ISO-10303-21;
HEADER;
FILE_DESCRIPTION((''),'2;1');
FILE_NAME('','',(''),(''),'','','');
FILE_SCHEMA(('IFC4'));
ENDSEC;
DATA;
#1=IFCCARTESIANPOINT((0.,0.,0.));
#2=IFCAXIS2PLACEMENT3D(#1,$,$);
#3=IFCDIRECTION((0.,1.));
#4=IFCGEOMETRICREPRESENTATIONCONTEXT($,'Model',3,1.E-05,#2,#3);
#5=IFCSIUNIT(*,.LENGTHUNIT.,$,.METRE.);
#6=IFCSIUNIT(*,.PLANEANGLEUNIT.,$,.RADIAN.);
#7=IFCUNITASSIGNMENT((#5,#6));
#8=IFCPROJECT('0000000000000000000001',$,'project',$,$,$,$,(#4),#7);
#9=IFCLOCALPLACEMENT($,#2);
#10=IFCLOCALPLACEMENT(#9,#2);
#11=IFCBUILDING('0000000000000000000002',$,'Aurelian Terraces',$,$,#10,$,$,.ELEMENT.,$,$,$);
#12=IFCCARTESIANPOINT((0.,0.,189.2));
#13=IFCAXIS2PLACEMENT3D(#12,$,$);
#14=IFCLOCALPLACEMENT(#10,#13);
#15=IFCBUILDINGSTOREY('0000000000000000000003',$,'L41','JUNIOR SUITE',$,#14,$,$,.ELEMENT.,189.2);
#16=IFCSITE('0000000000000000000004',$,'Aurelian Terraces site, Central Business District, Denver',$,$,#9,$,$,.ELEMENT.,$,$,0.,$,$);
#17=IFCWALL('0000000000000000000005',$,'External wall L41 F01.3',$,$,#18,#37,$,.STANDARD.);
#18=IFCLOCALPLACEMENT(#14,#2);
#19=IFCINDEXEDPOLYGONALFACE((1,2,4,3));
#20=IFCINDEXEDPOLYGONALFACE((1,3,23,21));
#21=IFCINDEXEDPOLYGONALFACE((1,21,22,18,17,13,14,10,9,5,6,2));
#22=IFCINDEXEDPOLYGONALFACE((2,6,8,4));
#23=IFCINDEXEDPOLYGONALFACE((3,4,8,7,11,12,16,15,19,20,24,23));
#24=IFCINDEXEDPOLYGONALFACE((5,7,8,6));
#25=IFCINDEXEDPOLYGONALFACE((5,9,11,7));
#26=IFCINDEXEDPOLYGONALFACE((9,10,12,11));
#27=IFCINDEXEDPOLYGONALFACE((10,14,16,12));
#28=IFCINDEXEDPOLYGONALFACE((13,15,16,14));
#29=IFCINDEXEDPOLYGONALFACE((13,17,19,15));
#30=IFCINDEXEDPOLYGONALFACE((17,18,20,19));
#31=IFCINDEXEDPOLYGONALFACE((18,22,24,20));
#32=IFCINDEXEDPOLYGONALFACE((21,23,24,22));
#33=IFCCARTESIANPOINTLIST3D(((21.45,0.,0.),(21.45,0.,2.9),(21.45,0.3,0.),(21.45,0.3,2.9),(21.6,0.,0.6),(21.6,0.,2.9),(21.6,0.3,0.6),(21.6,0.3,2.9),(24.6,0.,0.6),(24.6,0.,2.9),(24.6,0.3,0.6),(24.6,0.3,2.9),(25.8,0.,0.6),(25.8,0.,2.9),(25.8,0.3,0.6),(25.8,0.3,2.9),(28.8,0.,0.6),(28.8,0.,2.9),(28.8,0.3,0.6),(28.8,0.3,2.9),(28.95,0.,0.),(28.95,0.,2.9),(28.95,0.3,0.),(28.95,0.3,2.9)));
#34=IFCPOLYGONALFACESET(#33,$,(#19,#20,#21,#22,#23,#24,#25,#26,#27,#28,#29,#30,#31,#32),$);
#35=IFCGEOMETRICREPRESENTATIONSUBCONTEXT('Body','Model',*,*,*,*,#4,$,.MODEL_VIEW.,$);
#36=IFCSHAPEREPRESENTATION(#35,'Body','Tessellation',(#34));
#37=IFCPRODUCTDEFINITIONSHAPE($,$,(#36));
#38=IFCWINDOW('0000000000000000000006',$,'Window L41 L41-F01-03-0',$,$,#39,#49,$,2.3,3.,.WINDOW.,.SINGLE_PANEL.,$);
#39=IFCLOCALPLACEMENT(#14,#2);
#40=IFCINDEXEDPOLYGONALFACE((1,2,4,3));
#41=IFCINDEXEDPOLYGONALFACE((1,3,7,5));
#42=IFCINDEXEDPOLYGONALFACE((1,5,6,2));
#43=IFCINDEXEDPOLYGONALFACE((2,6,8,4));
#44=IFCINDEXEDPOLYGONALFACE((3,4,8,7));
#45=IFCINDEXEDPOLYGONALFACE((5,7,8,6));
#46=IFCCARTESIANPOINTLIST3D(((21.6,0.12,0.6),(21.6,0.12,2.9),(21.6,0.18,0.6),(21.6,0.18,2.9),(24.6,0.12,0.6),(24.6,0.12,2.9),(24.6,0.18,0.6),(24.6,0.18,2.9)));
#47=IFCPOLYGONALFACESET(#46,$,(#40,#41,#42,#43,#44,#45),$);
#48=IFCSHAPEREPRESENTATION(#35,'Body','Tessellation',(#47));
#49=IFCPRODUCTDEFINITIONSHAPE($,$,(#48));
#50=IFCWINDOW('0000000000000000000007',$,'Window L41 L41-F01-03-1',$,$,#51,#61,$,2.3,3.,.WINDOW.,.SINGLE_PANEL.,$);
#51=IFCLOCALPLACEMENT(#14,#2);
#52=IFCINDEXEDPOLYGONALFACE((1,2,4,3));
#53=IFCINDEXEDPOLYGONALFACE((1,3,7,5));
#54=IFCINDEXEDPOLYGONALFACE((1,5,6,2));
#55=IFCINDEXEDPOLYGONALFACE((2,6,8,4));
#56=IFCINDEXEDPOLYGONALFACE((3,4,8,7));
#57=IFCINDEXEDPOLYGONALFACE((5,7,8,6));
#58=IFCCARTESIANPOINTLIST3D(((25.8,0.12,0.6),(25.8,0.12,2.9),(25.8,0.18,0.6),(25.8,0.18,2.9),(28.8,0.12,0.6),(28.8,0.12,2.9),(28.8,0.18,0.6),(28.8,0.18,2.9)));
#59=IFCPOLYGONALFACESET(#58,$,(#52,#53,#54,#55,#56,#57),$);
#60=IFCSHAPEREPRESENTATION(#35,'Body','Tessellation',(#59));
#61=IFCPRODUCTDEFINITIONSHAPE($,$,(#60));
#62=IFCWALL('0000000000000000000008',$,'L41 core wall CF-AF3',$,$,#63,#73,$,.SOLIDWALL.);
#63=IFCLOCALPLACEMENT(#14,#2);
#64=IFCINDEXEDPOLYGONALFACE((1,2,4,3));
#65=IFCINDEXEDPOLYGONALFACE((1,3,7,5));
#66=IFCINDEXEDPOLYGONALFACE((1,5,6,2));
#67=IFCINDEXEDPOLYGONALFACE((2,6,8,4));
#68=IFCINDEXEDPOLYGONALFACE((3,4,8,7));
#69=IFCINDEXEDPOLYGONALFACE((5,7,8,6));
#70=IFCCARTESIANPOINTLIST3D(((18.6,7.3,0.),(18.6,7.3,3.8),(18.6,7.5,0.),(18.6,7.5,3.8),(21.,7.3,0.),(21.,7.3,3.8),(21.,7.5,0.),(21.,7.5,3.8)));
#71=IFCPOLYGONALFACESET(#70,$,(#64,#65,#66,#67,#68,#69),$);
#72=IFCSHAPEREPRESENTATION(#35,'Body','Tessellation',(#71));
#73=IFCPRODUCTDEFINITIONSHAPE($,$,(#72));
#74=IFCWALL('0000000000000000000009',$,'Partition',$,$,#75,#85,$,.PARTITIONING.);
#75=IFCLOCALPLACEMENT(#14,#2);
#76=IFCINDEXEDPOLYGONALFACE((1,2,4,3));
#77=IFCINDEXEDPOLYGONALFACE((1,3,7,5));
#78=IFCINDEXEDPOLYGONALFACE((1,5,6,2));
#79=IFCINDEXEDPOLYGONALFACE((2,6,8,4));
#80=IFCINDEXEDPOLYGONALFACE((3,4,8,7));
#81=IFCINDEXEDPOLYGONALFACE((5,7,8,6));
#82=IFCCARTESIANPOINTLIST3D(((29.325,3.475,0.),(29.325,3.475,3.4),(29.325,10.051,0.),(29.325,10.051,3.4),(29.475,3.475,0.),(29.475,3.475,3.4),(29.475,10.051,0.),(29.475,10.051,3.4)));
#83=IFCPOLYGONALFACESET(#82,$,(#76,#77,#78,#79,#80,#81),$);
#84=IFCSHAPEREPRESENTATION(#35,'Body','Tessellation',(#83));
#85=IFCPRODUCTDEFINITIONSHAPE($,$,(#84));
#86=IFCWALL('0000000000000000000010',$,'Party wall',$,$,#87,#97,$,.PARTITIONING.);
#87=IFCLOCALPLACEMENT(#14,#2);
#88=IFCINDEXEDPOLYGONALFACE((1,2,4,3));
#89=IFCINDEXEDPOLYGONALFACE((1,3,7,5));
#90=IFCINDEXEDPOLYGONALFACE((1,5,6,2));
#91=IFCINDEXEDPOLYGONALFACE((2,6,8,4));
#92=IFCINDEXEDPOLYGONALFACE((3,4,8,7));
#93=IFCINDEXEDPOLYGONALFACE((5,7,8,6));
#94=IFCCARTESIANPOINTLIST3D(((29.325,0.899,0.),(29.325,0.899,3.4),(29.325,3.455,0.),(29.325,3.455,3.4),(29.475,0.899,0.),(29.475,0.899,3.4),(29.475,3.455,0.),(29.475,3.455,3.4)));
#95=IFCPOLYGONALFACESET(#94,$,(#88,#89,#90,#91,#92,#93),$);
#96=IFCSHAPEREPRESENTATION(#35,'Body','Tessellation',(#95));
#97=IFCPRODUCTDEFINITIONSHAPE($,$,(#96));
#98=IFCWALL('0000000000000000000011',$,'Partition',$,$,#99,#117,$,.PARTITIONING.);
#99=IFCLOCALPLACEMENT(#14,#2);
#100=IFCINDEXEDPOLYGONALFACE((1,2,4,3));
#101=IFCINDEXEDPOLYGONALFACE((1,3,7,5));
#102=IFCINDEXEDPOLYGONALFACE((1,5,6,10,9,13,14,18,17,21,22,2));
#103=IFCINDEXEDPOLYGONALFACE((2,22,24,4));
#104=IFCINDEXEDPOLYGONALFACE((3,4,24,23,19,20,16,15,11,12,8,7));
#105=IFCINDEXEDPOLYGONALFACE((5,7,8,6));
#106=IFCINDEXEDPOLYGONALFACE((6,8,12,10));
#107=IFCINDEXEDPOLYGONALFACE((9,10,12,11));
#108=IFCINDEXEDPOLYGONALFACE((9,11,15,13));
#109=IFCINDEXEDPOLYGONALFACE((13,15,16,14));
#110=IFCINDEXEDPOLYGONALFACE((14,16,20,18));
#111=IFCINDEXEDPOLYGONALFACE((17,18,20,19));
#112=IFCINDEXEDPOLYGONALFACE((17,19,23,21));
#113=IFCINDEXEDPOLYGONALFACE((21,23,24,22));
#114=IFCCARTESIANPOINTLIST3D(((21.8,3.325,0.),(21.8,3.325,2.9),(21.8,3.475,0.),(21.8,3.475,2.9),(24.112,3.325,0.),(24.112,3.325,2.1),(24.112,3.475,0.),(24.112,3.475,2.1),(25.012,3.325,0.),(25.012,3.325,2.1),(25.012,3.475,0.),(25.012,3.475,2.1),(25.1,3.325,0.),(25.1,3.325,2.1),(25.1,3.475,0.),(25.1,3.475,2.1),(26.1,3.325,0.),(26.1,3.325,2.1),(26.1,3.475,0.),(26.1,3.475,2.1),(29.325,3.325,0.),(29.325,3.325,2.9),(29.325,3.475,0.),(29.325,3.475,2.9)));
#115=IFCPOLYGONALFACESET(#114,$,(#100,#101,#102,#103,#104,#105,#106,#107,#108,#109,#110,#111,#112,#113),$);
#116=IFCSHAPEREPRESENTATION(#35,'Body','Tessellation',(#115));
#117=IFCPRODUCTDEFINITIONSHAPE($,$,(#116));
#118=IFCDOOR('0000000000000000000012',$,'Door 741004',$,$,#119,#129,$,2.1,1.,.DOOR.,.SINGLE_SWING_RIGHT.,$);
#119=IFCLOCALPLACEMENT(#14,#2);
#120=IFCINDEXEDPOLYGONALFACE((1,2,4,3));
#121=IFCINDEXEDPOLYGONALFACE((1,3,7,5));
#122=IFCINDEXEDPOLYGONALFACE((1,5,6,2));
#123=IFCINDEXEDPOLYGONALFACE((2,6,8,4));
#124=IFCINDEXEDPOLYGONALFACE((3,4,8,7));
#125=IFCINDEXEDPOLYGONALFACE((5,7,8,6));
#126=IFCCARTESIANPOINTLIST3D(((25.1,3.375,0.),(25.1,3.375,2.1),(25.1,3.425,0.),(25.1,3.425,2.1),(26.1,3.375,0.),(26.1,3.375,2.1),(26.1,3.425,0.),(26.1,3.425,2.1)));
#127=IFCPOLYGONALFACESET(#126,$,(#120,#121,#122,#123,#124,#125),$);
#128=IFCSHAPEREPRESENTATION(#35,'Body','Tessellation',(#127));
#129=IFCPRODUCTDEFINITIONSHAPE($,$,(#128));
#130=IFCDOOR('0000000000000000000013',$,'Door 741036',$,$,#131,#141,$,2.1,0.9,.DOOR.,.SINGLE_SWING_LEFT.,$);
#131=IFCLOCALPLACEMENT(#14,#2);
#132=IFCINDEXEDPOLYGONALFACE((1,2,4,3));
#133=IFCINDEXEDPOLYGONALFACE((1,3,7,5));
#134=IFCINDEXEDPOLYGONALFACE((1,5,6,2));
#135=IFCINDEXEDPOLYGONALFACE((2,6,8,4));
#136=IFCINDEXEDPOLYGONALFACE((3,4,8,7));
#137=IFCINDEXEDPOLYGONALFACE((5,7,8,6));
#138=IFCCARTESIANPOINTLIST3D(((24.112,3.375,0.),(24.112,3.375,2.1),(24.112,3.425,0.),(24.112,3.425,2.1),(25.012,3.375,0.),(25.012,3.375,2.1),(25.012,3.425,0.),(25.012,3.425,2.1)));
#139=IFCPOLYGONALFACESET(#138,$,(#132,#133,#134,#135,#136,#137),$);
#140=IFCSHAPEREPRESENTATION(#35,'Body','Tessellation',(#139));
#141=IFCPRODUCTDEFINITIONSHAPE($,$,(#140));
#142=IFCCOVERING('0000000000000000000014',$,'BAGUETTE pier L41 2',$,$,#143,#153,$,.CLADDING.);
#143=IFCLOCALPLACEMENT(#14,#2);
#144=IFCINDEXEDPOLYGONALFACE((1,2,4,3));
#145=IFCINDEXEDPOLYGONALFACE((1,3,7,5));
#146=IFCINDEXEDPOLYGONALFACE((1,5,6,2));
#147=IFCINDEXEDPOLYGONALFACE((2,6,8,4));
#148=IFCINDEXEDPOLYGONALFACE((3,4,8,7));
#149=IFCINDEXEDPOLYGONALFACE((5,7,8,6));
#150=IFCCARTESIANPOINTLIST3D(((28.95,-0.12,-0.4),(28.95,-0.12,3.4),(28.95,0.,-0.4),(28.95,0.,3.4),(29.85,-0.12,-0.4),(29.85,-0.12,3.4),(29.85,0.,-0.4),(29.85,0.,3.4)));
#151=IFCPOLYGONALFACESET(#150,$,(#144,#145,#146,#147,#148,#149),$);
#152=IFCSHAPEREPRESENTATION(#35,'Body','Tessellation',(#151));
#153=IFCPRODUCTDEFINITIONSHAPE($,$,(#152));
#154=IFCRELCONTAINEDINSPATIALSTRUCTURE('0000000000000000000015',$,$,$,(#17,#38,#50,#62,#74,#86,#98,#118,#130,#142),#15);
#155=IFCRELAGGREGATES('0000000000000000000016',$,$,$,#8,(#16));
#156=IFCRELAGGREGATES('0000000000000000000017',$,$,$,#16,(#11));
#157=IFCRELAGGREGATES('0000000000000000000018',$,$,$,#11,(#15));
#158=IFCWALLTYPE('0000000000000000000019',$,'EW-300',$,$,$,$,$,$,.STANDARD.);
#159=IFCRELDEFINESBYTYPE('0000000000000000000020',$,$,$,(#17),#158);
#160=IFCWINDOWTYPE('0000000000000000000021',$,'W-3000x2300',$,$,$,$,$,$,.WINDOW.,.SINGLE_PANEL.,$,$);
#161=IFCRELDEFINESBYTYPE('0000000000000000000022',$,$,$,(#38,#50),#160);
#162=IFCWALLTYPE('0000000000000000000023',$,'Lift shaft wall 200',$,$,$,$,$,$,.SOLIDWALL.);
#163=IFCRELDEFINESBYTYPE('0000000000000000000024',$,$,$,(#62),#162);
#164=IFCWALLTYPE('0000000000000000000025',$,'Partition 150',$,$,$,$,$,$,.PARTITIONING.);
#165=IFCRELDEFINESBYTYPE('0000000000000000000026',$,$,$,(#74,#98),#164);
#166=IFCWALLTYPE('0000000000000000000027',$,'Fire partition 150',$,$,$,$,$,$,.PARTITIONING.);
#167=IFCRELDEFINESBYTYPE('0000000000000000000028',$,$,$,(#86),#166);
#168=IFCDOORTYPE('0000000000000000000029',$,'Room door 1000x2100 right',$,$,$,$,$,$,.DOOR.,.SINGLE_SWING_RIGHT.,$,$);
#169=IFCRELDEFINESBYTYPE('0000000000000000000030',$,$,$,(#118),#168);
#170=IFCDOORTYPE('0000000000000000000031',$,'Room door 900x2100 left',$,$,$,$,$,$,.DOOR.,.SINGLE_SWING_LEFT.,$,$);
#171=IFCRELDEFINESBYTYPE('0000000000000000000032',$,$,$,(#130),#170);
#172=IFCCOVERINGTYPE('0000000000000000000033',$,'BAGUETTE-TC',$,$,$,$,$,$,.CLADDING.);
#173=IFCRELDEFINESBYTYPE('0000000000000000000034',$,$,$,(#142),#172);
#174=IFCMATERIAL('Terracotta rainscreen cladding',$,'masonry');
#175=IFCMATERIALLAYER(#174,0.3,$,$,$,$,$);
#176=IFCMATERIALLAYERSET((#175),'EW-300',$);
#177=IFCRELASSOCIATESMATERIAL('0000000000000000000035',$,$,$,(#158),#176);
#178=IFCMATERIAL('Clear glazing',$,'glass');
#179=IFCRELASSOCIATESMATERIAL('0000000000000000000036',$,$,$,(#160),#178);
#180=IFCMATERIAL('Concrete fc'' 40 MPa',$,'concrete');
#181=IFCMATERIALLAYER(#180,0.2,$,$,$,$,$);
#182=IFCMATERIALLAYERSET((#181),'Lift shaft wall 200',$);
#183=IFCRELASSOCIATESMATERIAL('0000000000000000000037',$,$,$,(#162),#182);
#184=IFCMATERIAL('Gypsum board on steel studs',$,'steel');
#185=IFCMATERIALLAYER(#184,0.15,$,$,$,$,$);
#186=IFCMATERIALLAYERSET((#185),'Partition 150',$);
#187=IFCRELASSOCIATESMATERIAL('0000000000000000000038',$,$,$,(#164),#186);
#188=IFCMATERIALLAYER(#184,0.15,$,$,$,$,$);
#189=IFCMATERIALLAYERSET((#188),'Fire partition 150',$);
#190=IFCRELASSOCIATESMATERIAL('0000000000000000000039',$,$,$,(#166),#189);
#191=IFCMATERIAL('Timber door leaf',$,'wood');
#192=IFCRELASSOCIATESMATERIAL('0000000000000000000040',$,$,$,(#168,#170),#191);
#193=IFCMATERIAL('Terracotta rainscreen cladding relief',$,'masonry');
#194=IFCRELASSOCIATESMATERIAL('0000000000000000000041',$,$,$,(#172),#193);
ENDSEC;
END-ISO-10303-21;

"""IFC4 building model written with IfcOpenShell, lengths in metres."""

from ifc_helpers import new_model, si_unit, direction, frame, frame_2d, origin, origin_2d, place, context, subcontext, project, spatial, rectangle, extrude, source, transform, mapped, material, layer, layer_set, type_object, element, fill, save


model = new_model("IFC4")

# Units and contexts
model_context = context("Model", 3, precision=1e-05, world=origin(), true_north=direction((0.0, 1.0)))
body_context = subcontext(model_context, "Body", "Model", "MODEL_VIEW")
ifc_project = project(units=[si_unit("LENGTHUNIT", "METRE"), si_unit("PLANEANGLEUNIT", "RADIAN")], contexts=[model_context])

# Site, building, storey
site_placement = place(None, origin())
site = spatial("IfcSite", under=ifc_project, at=site_placement, Name="Aurelian Terraces site, Central Business District, Denver", CompositionType="ELEMENT", RefElevation=0.0)
building_placement = place(site_placement, origin())
building = spatial("IfcBuilding", under=site, at=building_placement, Name="Aurelian Terraces", CompositionType="ELEMENT")
storey_placement = place(building_placement, frame((0.0, 0.0, 189.2)))
storey = spatial("IfcBuildingStorey", under=building, at=storey_placement, Name="L41", Description="JUNIOR SUITE", CompositionType="ELEMENT", Elevation=189.2)

# Shared definitions
ifc_material_1 = material(Name="Concrete fc' 40 MPa", Category="concrete")

# Wall, openings, windows
ifc_material_2 = material(Name="Terracotta rainscreen cladding", Category="masonry")
ifc_layer_1 = layer(ifc_material_2, 0.3)
ifc_layer_set_1 = layer_set([ifc_layer_1], Name="EW-300")
wall_type_1 = type_object("IfcWallType", Name="EW-300", PredefinedType="STANDARD", material=ifc_layer_set_1)
shared_shape_1 = source(origin(), body_context, "Body", "SweptSolid", [
    extrude(rectangle(XDim=7.5, YDim=0.3, at=frame_2d((3.75, 0.0))), origin(), (0.0, 0.0, 1.0), 2.9),
])
wall_1_placement = place(storey_placement, frame((21.45, 0.15, 0.0), z_axis=(0.0, 0.0, 1.0), x_axis=(1.0, 0.0, 0.0)))
wall_1 = element("IfcWall", 1, at=wall_1_placement, inside=storey, type_object=wall_type_1, Name="External wall L41 F01.3", PredefinedType="STANDARD", context=body_context, shape_type="MappedRepresentation", body=[
    mapped(shared_shape_1, transform((0.0, 0.0, 0.0), scale=1.0)),
])
shared_shape_2 = source(origin(), body_context, "Body", "SweptSolid", [
    extrude(rectangle(XDim=3.0, YDim=2.3, at=frame_2d((1.5, 1.15))), frame((0.0, 0.16, 0.0), z_axis=(0.0, -1.0, 0.0), x_axis=(1.0, 0.0, 0.0)), (0.0, 0.0, 1.0), 0.32),
])
opening_1_placement = place(wall_1_placement, frame((0.15, 0.0, 0.6)))
opening_1 = element("IfcOpeningElement", 2, at=opening_1_placement, cuts=wall_1, PredefinedType="OPENING", context=body_context, shape_type="MappedRepresentation", body=[
    mapped(shared_shape_2, transform((0.0, 0.0, 0.0), scale=1.0)),
])
opening_2_placement = place(wall_1_placement, frame((4.35, 0.0, 0.6)))
opening_2 = element("IfcOpeningElement", 3, at=opening_2_placement, cuts=wall_1, PredefinedType="OPENING", context=body_context, shape_type="MappedRepresentation", body=[
    mapped(shared_shape_2, transform((0.0, 0.0, 0.0), scale=1.0)),
])
ifc_material_3 = material(Name="Clear glazing", Category="glass")
window_type = type_object("IfcWindowType", Name="W-3000x2300", PartitioningType="SINGLE_PANEL", PredefinedType="WINDOW", material=ifc_material_3)
shared_shape_3 = source(origin(), body_context, "Body", "SweptSolid", [
    extrude(rectangle(XDim=3.0, YDim=2.3, at=frame_2d((1.5, 1.15))), frame((0.0, 0.03, 0.0), z_axis=(0.0, -1.0, 0.0), x_axis=(1.0, 0.0, 0.0)), (0.0, 0.0, 1.0), 0.06),
])
window_1_placement = place(opening_1_placement, origin())
window_1 = element("IfcWindow", 4, at=window_1_placement, inside=storey, type_object=window_type, Name="Window L41 L41-F01-03-0", OverallHeight=2.3, OverallWidth=3.0, PartitioningType="SINGLE_PANEL", PredefinedType="WINDOW", context=body_context, shape_type="MappedRepresentation", body=[
    mapped(shared_shape_3, transform((0.0, 0.0, 0.0), scale=1.0)),
])
fill(opening_1, window_1)
window_2_placement = place(opening_2_placement, origin())
window_2 = element("IfcWindow", 5, at=window_2_placement, inside=storey, type_object=window_type, Name="Window L41 L41-F01-03-1", OverallHeight=2.3, OverallWidth=3.0, PartitioningType="SINGLE_PANEL", PredefinedType="WINDOW", context=body_context, shape_type="MappedRepresentation", body=[
    mapped(shared_shape_3, transform((0.0, 0.0, 0.0), scale=1.0)),
])
fill(opening_2, window_2)

# Walls
ifc_layer_2 = layer(ifc_material_1, 0.2)
ifc_layer_set_2 = layer_set([ifc_layer_2], Name="Lift shaft wall 200")
wall_type_2 = type_object("IfcWallType", Name="Lift shaft wall 200", PredefinedType="SOLIDWALL", material=ifc_layer_set_2)
shared_shape_4 = source(origin(), body_context, "Body", "SweptSolid", [
    extrude(rectangle(XDim=2.4, YDim=0.2, at=frame_2d((1.2, 0.0))), origin(), (0.0, 0.0, 1.0), 3.8),
])
wall_2_placement = place(storey_placement, frame((18.6, 7.4, 0.0), z_axis=(0.0, 0.0, 1.0), x_axis=(1.0, 0.0, 0.0)))
element("IfcWall", 6, at=wall_2_placement, inside=storey, type_object=wall_type_2, Name="L41 core wall CF-AF3", PredefinedType="SOLIDWALL", context=body_context, shape_type="MappedRepresentation", body=[
    mapped(shared_shape_4, transform((0.0, 0.0, 0.0), scale=1.0)),
])
ifc_material_4 = material(Name="Gypsum board on steel studs", Category="steel")
ifc_layer_3 = layer(ifc_material_4, 0.15)
ifc_layer_set_3 = layer_set([ifc_layer_3], Name="Partition 150")
wall_type_3 = type_object("IfcWallType", Name="Partition 150", PredefinedType="PARTITIONING", material=ifc_layer_set_3)
shared_shape_5 = source(origin(), body_context, "Body", "SweptSolid", [
    extrude(rectangle(XDim=6.576, YDim=0.15, at=frame_2d((3.288, 0.0))), origin(), (0.0, 0.0, 1.0), 3.4),
])
wall_3_placement = place(storey_placement, frame((29.4, 3.475, 0.0), z_axis=(0.0, 0.0, 1.0), x_axis=(0.0, 1.0, 0.0)))
element("IfcWall", 7, at=wall_3_placement, inside=storey, type_object=wall_type_3, Name="Partition", PredefinedType="PARTITIONING", context=body_context, shape_type="MappedRepresentation", body=[
    mapped(shared_shape_5, transform((0.0, 0.0, 0.0), scale=1.0)),
])
ifc_layer_4 = layer(ifc_material_4, 0.15)
ifc_layer_set_4 = layer_set([ifc_layer_4], Name="Fire partition 150")
wall_type_4 = type_object("IfcWallType", Name="Fire partition 150", PredefinedType="PARTITIONING", material=ifc_layer_set_4)
shared_shape_6 = source(origin(), body_context, "Body", "SweptSolid", [
    extrude(rectangle(XDim=2.556, YDim=0.15, at=frame_2d((1.278, 0.0))), origin(), (0.0, 0.0, 1.0), 3.4),
])
wall_4_placement = place(storey_placement, frame((29.4, 0.899, 0.0), z_axis=(0.0, 0.0, 1.0), x_axis=(0.0, 1.0, 0.0)))
element("IfcWall", 8, at=wall_4_placement, inside=storey, type_object=wall_type_4, Name="Party wall", PredefinedType="PARTITIONING", context=body_context, shape_type="MappedRepresentation", body=[
    mapped(shared_shape_6, transform((0.0, 0.0, 0.0), scale=1.0)),
])

# Wall, openings, doors
shared_shape_7 = source(origin(), body_context, "Body", "SweptSolid", [
    extrude(rectangle(XDim=7.525, YDim=0.15, at=frame_2d((3.7625, 0.0))), origin(), (0.0, 0.0, 1.0), 2.9),
])
wall_5_placement = place(storey_placement, frame((21.8, 3.4, 0.0), z_axis=(0.0, 0.0, 1.0), x_axis=(1.0, 0.0, 0.0)))
wall_5 = element("IfcWall", 9, at=wall_5_placement, inside=storey, type_object=wall_type_3, Name="Partition", PredefinedType="PARTITIONING", context=body_context, shape_type="MappedRepresentation", body=[
    mapped(shared_shape_7, transform((0.0, 0.0, 0.0), scale=1.0)),
])
shared_shape_8 = source(origin(), body_context, "Body", "SweptSolid", [
    extrude(rectangle(XDim=1.0, YDim=2.1, at=frame_2d((0.5, 1.05))), frame((0.0, 0.085, 0.0), z_axis=(0.0, -1.0, 0.0), x_axis=(1.0, 0.0, 0.0)), (0.0, 0.0, 1.0), 0.17),
])
opening_3_placement = place(wall_5_placement, frame((3.3, 0.0, 0.0)))
opening_3 = element("IfcOpeningElement", 10, at=opening_3_placement, cuts=wall_5, PredefinedType="OPENING", context=body_context, shape_type="MappedRepresentation", body=[
    mapped(shared_shape_8, transform((0.0, 0.0, 0.0), scale=1.0)),
])
shared_shape_9 = source(origin(), body_context, "Body", "SweptSolid", [
    extrude(rectangle(XDim=0.9, YDim=2.1, at=frame_2d((0.45, 1.05))), frame((0.0, 0.085, 0.0), z_axis=(0.0, -1.0, 0.0), x_axis=(1.0, 0.0, 0.0)), (0.0, 0.0, 1.0), 0.17),
])
opening_4_placement = place(wall_5_placement, frame((2.312, 0.0, 0.0)))
opening_4 = element("IfcOpeningElement", 11, at=opening_4_placement, cuts=wall_5, PredefinedType="OPENING", context=body_context, shape_type="MappedRepresentation", body=[
    mapped(shared_shape_9, transform((0.0, 0.0, 0.0), scale=1.0)),
])
ifc_material_5 = material(Name="Timber door leaf", Category="wood")
door_type_1 = type_object("IfcDoorType", Name="Room door 1000x2100 right", OperationType="SINGLE_SWING_RIGHT", PredefinedType="DOOR", material=ifc_material_5)
shared_shape_10 = source(origin(), body_context, "Body", "SweptSolid", [
    extrude(rectangle(XDim=1.0, YDim=2.1, at=frame_2d((0.5, 1.05))), frame((0.0, 0.025, 0.0), z_axis=(0.0, -1.0, 0.0), x_axis=(1.0, 0.0, 0.0)), (0.0, 0.0, 1.0), 0.05),
])
door_1_placement = place(opening_3_placement, origin())
door_1 = element("IfcDoor", 12, at=door_1_placement, inside=storey, type_object=door_type_1, Name="Door 741004", OperationType="SINGLE_SWING_RIGHT", OverallHeight=2.1, OverallWidth=1.0, PredefinedType="DOOR", context=body_context, shape_type="MappedRepresentation", body=[
    mapped(shared_shape_10, transform((0.0, 0.0, 0.0), scale=1.0)),
])
fill(opening_3, door_1)
door_type_2 = type_object("IfcDoorType", Name="Room door 900x2100 left", OperationType="SINGLE_SWING_LEFT", PredefinedType="DOOR", material=ifc_material_5)
shared_shape_11 = source(origin(), body_context, "Body", "SweptSolid", [
    extrude(rectangle(XDim=0.9, YDim=2.1, at=frame_2d((0.45, 1.05))), frame((0.0, 0.025, 0.0), z_axis=(0.0, -1.0, 0.0), x_axis=(1.0, 0.0, 0.0)), (0.0, 0.0, 1.0), 0.05),
])
door_2_placement = place(opening_4_placement, origin())
door_2 = element("IfcDoor", 13, at=door_2_placement, inside=storey, type_object=door_type_2, Name="Door 741036", OperationType="SINGLE_SWING_LEFT", OverallHeight=2.1, OverallWidth=0.9, PredefinedType="DOOR", context=body_context, shape_type="MappedRepresentation", body=[
    mapped(shared_shape_11, transform((0.0, 0.0, 0.0), scale=1.0)),
])
fill(opening_4, door_2)

# Covering
ifc_material_6 = material(Name="Terracotta rainscreen cladding relief", Category="masonry")
covering_type = type_object("IfcCoveringType", Name="BAGUETTE-TC", PredefinedType="CLADDING", material=ifc_material_6)
shared_shape_12 = source(origin(), body_context, "Body", "SweptSolid", [
    extrude(rectangle(XDim=0.9, YDim=0.12, at=origin_2d()), origin(), (0.0, 0.0, 1.0), 3.8),
])
covering_placement = place(storey_placement, frame((29.4, -0.06, -0.4), z_axis=(0.0, 0.0, 1.0), x_axis=(1.0, 0.0, 0.0)))
element("IfcCovering", 14, at=covering_placement, inside=storey, type_object=covering_type, Name="BAGUETTE pier L41 2", PredefinedType="CLADDING", context=body_context, shape_type="MappedRepresentation", body=[
    mapped(shared_shape_12, transform((0.0, 0.0, 0.0), scale=1.0)),
])

save(model, "model.ifc")
